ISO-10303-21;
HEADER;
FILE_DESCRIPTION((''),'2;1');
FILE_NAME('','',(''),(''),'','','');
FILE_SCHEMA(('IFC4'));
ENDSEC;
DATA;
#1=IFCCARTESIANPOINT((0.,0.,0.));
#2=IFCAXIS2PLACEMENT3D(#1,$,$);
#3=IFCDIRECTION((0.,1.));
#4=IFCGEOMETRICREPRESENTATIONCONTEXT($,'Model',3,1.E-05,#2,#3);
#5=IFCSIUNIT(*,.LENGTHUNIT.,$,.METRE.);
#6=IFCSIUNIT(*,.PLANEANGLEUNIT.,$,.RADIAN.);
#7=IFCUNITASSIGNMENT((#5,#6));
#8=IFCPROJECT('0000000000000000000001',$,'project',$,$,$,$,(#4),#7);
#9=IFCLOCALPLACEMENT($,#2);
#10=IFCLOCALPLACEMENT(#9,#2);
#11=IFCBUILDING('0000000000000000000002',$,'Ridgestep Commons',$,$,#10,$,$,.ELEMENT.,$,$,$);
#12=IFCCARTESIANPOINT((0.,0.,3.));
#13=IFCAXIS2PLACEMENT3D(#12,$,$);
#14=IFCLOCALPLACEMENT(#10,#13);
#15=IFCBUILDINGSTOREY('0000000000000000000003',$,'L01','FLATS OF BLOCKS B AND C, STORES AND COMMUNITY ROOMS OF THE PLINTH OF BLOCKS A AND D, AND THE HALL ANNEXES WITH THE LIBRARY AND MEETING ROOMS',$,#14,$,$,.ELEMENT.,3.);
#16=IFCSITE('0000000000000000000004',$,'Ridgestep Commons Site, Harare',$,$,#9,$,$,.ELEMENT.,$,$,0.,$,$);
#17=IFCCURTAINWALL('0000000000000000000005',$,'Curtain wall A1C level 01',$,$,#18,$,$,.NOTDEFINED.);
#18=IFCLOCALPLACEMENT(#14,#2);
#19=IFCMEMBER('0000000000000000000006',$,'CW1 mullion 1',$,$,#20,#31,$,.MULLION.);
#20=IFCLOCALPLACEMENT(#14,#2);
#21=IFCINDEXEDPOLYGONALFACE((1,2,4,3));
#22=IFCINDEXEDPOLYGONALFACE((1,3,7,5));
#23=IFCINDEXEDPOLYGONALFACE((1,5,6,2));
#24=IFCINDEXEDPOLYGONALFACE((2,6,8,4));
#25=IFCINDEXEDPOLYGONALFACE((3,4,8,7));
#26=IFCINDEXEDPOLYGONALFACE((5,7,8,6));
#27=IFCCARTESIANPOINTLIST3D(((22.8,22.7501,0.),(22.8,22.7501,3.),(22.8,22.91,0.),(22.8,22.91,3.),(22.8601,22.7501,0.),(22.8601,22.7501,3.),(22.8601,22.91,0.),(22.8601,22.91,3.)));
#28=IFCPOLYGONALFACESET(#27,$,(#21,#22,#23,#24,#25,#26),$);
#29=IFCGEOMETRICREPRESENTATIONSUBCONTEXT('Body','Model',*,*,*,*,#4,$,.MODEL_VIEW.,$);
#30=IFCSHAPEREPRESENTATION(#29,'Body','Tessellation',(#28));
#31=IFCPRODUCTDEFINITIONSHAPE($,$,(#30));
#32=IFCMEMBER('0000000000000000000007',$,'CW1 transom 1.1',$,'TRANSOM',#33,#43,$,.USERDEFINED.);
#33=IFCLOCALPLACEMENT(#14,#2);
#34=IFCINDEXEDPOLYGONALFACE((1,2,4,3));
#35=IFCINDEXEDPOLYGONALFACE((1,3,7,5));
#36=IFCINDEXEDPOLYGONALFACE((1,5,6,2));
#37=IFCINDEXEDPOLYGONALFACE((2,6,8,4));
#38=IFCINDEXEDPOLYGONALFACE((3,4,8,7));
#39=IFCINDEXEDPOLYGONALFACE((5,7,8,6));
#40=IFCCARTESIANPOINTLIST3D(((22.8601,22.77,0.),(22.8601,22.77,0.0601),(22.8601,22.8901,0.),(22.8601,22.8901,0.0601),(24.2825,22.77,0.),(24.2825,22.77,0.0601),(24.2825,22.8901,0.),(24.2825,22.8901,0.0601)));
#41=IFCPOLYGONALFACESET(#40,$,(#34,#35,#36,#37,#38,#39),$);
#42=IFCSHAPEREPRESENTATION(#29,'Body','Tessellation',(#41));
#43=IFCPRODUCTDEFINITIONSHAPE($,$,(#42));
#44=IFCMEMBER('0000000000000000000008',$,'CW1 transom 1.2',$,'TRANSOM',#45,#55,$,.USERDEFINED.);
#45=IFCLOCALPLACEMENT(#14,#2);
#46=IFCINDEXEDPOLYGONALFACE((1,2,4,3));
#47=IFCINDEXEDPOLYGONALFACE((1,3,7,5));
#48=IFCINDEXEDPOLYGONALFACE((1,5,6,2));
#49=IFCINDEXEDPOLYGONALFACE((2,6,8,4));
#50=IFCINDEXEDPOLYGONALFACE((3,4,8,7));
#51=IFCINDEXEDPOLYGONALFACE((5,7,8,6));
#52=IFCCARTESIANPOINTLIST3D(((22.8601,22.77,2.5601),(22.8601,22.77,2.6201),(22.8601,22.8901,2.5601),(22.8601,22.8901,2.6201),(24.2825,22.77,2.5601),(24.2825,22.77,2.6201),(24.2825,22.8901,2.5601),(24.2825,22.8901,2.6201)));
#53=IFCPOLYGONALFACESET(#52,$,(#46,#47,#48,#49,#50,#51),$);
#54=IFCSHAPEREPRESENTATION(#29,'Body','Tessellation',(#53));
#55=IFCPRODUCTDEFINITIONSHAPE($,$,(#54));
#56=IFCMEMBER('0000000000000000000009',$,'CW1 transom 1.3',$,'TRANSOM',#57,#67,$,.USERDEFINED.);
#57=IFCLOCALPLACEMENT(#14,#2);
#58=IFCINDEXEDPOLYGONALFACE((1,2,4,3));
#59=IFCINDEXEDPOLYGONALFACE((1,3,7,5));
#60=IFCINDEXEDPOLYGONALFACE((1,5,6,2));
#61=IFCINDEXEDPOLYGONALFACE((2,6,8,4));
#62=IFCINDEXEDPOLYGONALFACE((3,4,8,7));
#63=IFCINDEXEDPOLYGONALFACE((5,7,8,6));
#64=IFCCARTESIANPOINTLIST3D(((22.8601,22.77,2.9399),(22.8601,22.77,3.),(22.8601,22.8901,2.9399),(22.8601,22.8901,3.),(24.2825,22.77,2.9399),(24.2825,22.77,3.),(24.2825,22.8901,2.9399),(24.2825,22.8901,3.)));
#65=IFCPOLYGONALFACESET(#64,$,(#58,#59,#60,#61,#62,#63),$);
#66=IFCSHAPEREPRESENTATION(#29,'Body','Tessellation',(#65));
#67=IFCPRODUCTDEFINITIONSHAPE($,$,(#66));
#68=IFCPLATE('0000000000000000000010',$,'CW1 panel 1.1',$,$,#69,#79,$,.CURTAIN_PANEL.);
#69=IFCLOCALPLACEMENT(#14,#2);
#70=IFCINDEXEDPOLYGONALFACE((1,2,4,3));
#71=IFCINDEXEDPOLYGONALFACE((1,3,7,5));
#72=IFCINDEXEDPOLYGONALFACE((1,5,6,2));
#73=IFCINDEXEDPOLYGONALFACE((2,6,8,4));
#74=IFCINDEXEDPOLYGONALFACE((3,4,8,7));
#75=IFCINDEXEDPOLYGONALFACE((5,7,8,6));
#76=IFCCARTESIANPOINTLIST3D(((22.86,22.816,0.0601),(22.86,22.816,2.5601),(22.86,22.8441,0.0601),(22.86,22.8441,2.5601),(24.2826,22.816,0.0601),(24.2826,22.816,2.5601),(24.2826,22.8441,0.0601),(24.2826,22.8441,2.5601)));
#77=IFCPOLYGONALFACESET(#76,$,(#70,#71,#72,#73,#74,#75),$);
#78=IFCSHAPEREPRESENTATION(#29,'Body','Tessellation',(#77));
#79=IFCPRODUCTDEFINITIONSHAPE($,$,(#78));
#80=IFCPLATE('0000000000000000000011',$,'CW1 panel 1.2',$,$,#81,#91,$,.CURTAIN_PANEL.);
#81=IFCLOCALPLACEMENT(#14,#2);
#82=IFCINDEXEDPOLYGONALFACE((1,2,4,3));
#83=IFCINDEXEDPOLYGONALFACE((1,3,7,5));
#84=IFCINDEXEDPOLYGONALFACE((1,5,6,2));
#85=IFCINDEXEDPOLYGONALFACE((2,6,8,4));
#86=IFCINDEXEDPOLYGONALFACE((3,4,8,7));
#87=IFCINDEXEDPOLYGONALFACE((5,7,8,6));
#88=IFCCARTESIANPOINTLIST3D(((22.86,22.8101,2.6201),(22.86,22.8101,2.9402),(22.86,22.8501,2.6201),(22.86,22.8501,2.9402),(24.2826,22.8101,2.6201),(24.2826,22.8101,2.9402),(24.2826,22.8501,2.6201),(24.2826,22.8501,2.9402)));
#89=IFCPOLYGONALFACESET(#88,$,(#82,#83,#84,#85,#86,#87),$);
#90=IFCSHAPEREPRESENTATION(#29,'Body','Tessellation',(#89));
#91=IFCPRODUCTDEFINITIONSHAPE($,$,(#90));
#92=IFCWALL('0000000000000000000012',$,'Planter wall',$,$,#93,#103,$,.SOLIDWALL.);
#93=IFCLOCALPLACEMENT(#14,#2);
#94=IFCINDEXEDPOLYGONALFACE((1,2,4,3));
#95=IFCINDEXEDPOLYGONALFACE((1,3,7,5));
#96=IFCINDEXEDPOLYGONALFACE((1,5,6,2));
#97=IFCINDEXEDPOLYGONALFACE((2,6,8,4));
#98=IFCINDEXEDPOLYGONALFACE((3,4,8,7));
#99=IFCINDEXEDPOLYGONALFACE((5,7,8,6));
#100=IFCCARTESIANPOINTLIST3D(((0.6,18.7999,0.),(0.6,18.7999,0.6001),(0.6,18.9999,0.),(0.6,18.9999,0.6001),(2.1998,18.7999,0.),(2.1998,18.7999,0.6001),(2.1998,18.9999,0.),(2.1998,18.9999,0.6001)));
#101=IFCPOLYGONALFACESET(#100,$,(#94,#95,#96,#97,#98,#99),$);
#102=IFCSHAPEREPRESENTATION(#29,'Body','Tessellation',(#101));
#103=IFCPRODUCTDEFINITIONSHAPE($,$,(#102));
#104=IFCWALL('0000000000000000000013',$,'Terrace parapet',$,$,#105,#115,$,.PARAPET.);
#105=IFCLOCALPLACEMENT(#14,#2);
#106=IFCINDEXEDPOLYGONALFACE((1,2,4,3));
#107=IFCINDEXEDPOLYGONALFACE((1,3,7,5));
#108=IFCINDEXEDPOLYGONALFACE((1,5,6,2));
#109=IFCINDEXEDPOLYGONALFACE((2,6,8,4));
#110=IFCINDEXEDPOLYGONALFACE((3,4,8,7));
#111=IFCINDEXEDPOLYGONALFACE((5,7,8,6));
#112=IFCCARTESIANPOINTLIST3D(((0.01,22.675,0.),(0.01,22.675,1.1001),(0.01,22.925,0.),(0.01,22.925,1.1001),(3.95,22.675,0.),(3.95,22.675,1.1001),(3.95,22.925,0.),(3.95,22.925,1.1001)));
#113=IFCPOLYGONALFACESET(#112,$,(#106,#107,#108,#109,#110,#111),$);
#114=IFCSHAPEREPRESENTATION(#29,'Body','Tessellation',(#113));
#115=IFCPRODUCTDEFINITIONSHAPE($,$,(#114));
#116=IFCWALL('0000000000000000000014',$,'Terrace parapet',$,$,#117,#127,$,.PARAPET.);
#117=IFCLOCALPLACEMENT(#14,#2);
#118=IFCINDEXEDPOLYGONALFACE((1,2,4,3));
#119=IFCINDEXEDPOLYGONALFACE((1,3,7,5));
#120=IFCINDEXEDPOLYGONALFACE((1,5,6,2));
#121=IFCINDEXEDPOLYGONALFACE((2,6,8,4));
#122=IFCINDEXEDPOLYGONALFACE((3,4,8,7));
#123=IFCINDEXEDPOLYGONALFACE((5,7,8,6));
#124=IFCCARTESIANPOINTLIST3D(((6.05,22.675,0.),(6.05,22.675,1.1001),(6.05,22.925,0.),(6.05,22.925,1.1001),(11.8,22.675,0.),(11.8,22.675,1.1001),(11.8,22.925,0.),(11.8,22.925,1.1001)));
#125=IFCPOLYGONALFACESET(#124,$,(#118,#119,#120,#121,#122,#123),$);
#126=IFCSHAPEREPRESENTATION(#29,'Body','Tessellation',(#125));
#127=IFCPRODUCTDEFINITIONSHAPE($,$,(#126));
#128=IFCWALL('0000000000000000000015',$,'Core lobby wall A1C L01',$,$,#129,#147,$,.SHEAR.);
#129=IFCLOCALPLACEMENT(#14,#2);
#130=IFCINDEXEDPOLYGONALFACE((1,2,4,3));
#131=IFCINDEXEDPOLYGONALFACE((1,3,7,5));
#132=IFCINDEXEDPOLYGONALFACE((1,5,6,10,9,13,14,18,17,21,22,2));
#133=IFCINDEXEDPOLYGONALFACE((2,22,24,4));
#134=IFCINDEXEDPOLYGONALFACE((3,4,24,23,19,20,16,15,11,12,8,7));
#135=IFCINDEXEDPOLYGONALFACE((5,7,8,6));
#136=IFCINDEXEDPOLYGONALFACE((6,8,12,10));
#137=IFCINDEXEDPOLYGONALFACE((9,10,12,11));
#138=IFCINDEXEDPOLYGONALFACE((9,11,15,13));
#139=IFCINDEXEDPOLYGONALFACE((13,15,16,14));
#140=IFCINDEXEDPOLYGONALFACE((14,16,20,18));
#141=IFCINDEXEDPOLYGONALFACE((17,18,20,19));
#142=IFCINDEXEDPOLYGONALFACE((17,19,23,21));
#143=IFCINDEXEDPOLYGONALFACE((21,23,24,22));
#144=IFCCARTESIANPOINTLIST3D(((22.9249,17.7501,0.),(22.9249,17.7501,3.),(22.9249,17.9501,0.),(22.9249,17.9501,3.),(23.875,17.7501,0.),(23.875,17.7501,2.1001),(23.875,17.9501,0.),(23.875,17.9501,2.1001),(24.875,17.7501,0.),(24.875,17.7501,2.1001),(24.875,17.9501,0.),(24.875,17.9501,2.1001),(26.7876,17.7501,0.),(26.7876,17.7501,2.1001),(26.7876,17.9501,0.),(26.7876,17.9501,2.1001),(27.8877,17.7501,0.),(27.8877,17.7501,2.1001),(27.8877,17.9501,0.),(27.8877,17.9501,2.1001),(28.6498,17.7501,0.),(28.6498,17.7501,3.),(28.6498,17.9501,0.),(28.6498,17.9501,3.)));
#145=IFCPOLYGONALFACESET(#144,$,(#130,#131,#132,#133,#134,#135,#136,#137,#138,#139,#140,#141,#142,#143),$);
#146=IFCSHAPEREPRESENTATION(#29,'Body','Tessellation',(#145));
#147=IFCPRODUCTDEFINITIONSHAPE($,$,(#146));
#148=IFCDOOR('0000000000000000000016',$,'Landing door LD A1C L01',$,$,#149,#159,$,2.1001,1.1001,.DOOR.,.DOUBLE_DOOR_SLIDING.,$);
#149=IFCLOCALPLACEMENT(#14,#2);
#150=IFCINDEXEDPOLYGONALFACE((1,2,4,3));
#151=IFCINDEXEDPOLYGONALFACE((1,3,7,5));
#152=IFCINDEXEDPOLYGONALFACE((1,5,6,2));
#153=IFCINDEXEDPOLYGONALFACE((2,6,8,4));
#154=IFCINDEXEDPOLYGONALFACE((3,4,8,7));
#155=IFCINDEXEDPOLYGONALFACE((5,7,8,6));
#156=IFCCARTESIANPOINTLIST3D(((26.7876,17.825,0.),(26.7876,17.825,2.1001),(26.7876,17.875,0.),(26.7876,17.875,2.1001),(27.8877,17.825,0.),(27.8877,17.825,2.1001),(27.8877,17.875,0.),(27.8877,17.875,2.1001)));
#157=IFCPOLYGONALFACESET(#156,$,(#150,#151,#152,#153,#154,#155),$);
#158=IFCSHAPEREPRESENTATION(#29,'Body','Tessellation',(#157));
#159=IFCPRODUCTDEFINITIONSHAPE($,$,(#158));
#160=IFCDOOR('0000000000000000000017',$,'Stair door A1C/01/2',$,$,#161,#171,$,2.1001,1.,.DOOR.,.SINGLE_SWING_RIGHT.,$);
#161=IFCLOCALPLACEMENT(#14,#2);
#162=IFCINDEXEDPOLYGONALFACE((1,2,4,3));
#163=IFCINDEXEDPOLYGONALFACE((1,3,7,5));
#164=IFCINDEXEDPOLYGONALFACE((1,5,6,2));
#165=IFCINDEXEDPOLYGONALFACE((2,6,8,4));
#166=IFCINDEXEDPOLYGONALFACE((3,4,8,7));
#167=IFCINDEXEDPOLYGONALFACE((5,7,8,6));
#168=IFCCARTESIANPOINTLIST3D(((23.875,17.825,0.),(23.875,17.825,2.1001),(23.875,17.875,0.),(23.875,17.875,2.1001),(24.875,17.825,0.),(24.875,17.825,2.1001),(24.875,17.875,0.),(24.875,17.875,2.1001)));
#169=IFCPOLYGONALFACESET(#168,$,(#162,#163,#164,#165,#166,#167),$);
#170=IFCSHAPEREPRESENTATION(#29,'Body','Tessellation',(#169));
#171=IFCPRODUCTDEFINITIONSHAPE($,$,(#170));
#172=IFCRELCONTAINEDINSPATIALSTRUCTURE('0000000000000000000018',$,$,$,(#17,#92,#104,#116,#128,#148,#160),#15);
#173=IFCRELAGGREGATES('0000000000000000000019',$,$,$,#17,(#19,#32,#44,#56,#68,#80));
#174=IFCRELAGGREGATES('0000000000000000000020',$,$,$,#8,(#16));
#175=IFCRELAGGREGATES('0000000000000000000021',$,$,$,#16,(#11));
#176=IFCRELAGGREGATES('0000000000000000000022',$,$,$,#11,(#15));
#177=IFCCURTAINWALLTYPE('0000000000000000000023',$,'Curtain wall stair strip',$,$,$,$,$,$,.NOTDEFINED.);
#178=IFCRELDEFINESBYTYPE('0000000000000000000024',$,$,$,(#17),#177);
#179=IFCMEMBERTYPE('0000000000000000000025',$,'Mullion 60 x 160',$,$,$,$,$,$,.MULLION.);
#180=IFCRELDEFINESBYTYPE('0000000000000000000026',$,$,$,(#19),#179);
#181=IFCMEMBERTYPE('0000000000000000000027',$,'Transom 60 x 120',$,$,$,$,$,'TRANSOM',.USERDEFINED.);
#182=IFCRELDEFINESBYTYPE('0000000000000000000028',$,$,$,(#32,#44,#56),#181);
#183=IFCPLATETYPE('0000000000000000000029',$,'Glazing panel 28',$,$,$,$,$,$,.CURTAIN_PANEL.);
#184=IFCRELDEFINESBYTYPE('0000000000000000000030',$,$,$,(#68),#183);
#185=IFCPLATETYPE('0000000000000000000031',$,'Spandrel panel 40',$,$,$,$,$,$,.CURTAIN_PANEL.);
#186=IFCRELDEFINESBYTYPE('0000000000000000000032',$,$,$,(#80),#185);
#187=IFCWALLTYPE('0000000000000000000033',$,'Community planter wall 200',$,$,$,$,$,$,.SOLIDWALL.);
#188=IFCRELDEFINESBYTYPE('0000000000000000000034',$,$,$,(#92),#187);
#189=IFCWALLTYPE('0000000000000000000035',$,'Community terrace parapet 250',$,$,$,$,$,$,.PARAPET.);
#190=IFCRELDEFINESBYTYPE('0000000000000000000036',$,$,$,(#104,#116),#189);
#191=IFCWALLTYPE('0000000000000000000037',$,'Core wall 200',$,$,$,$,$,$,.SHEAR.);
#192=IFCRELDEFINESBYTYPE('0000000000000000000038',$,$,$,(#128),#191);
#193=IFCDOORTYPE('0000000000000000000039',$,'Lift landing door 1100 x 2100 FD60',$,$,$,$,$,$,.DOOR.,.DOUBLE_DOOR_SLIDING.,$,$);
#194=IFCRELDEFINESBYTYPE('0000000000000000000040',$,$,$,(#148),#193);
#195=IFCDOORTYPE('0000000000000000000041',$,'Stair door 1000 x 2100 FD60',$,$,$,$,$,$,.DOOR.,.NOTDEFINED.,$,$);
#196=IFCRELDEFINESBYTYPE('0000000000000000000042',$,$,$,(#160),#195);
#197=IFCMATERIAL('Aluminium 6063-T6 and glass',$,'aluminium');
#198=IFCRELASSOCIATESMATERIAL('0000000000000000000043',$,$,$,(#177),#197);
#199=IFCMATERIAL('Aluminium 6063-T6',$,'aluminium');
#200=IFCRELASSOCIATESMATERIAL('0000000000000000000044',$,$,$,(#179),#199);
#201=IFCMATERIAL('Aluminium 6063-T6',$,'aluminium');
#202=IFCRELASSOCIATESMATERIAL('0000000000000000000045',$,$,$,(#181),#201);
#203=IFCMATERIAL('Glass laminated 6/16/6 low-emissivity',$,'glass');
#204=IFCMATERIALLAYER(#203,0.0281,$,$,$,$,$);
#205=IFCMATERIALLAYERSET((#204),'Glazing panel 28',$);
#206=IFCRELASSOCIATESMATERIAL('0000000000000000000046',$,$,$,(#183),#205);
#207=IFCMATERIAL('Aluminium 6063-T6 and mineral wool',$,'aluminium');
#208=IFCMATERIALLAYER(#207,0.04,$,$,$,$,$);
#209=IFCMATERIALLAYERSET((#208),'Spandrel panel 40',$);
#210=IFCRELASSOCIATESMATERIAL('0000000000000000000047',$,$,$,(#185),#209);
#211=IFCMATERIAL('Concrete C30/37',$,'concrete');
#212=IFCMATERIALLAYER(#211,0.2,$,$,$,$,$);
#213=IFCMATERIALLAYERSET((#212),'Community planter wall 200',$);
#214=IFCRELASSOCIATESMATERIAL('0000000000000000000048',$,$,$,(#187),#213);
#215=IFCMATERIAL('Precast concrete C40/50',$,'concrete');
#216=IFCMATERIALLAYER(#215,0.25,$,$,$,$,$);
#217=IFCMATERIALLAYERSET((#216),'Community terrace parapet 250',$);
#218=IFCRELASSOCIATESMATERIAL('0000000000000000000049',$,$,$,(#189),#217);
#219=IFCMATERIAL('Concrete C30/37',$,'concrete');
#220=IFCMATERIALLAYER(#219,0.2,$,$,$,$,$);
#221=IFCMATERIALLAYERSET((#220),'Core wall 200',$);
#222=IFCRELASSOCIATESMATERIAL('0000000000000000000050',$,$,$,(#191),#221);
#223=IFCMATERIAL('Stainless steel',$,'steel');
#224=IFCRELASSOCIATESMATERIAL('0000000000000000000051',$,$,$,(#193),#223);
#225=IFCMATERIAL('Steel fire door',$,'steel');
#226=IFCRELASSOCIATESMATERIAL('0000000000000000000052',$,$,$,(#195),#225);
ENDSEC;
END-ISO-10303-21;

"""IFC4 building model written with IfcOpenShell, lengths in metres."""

from ifc_helpers import new_model, si_unit, direction, frame, frame_2d, origin, origin_2d, place, context, subcontext, project, spatial, rectangle, extrude, material, layer, layer_set, material_profile, profile_set, type_object, element, fill, aggregate, save


model = new_model("IFC4")

# Units and contexts
model_context = context("Model", 3, precision=1e-05, world=origin(), true_north=direction((0.0, 1.0)))
body_context = subcontext(model_context, "Body", "Model", "MODEL_VIEW")
ifc_project = project(units=[si_unit("LENGTHUNIT", "METRE"), si_unit("PLANEANGLEUNIT", "RADIAN")], contexts=[model_context])

# Site, building, storey
site_placement = place(None, origin())
site = spatial("IfcSite", under=ifc_project, at=site_placement, Name="Ridgestep Commons Site, Harare", CompositionType="ELEMENT", RefElevation=0.0)
building_placement = place(site_placement, origin())
building = spatial("IfcBuilding", under=site, at=building_placement, Name="Ridgestep Commons", CompositionType="ELEMENT")
storey_placement = place(building_placement, frame((0.0, 0.0, 3.0)))
storey = spatial("IfcBuildingStorey", under=building, at=storey_placement, Name="L01", Description="FLATS OF BLOCKS B AND C, STORES AND COMMUNITY ROOMS OF THE PLINTH OF BLOCKS A AND D, AND THE HALL ANNEXES WITH THE LIBRARY AND MEETING ROOMS", CompositionType="ELEMENT", Elevation=3.0)

# Curtain wall, members, plates
ifc_material_1 = material(Name="Aluminium 6063-T6 and glass", Category="aluminium")
curtain_wall_type = type_object("IfcCurtainWallType", Name="Curtain wall stair strip", PredefinedType="NOTDEFINED", material=ifc_material_1)
curtain_wall_placement = place(storey_placement, origin())
curtain_wall = element("IfcCurtainWall", 1, at=curtain_wall_placement, inside=storey, type_object=curtain_wall_type, Name="Curtain wall A1C level 01", PredefinedType="NOTDEFINED")
ifc_material_2 = material(Name="Aluminium 6063-T6", Category="aluminium")
ifc_material_profile_1 = material_profile(ifc_material_2, rectangle(XDim=0.1599, YDim=0.0601, at=origin_2d()), Name="Mullion 60 x 160")
ifc_profile_set_1 = profile_set([ifc_material_profile_1], Name="Aluminium 6063-T6")
member_type_1 = type_object("IfcMemberType", Name="Mullion 60 x 160", PredefinedType="MULLION", material=ifc_profile_set_1)
member_1_placement = place(storey_placement, frame((22.8301, 22.8301, 0.0), z_axis=(0.0, 0.0, 1.0), x_axis=(0.0, 1.0, 0.0)))
member_1 = element("IfcMember", 2, at=member_1_placement, type_object=member_type_1, Name="CW1 mullion 1", PredefinedType="MULLION", context=body_context, shape_type="SweptSolid", body=[
    extrude(rectangle(XDim=0.1599, YDim=0.0601, at=origin_2d()), origin(), (0.0, 0.0, 1.0), 3.0),
])
ifc_material_3 = material(Name="Aluminium 6063-T6", Category="aluminium")
ifc_material_profile_2 = material_profile(ifc_material_3, rectangle(XDim=0.1201, YDim=0.0601, at=origin_2d()), Name="Transom 60 x 120")
ifc_profile_set_2 = profile_set([ifc_material_profile_2], Name="Aluminium 6063-T6")
member_type_2 = type_object("IfcMemberType", Name="Transom 60 x 120", ElementType="TRANSOM", PredefinedType="USERDEFINED", material=ifc_profile_set_2)
member_2_placement = place(storey_placement, frame((22.8601, 22.8301, 0.03), z_axis=(1.0, 0.0, 0.0), x_axis=(0.0, 1.0, 0.0)))
member_2 = element("IfcMember", 3, at=member_2_placement, type_object=member_type_2, Name="CW1 transom 1.1", ObjectType="TRANSOM", PredefinedType="USERDEFINED", context=body_context, shape_type="SweptSolid", body=[
    extrude(rectangle(XDim=0.1201, YDim=0.0601, at=origin_2d()), origin(), (0.0, 0.0, 1.0), 1.4224),
])
member_3_placement = place(storey_placement, frame((22.8601, 22.8301, 2.5901), z_axis=(1.0, 0.0, 0.0), x_axis=(0.0, 1.0, 0.0)))
member_3 = element("IfcMember", 4, at=member_3_placement, type_object=member_type_2, Name="CW1 transom 1.2", ObjectType="TRANSOM", PredefinedType="USERDEFINED", context=body_context, shape_type="SweptSolid", body=[
    extrude(rectangle(XDim=0.1201, YDim=0.0601, at=origin_2d()), origin(), (0.0, 0.0, 1.0), 1.4224),
])
member_4_placement = place(storey_placement, frame((22.8601, 22.8301, 2.97), z_axis=(1.0, 0.0, 0.0), x_axis=(0.0, 1.0, 0.0)))
member_4 = element("IfcMember", 5, at=member_4_placement, type_object=member_type_2, Name="CW1 transom 1.3", ObjectType="TRANSOM", PredefinedType="USERDEFINED", context=body_context, shape_type="SweptSolid", body=[
    extrude(rectangle(XDim=0.1201, YDim=0.0601, at=origin_2d()), origin(), (0.0, 0.0, 1.0), 1.4224),
])
ifc_material_4 = material(Name="Glass laminated 6/16/6 low-emissivity", Category="glass")
ifc_layer_1 = layer(ifc_material_4, 0.0281)
ifc_layer_set_1 = layer_set([ifc_layer_1], Name="Glazing panel 28")
plate_type_1 = type_object("IfcPlateType", Name="Glazing panel 28", PredefinedType="CURTAIN_PANEL", material=ifc_layer_set_1)
plate_1_placement = place(storey_placement, frame((23.5713, 22.8301, 0.0601), z_axis=(0.0, 0.0, 1.0), x_axis=(1.0, 0.0, 0.0)))
plate_1 = element("IfcPlate", 6, at=plate_1_placement, type_object=plate_type_1, Name="CW1 panel 1.1", PredefinedType="CURTAIN_PANEL", context=body_context, shape_type="SweptSolid", body=[
    extrude(rectangle(XDim=1.4226, YDim=0.0281, at=origin_2d()), origin(), (0.0, 0.0, 1.0), 2.5),
])
ifc_material_5 = material(Name="Aluminium 6063-T6 and mineral wool", Category="aluminium")
ifc_layer_2 = layer(ifc_material_5, 0.04)
ifc_layer_set_2 = layer_set([ifc_layer_2], Name="Spandrel panel 40")
plate_type_2 = type_object("IfcPlateType", Name="Spandrel panel 40", PredefinedType="CURTAIN_PANEL", material=ifc_layer_set_2)
plate_2_placement = place(storey_placement, frame((23.5713, 22.8301, 2.6201), z_axis=(0.0, 0.0, 1.0), x_axis=(1.0, 0.0, 0.0)))
plate_2 = element("IfcPlate", 7, at=plate_2_placement, type_object=plate_type_2, Name="CW1 panel 1.2", PredefinedType="CURTAIN_PANEL", context=body_context, shape_type="SweptSolid", body=[
    extrude(rectangle(XDim=1.4226, YDim=0.04, at=origin_2d()), origin(), (0.0, 0.0, 1.0), 0.3201),
])
aggregate(curtain_wall, [member_1, member_2, member_3, member_4, plate_1, plate_2])

# Walls
ifc_material_6 = material(Name="Concrete C30/37", Category="concrete")
ifc_layer_3 = layer(ifc_material_6, 0.2)
ifc_layer_set_3 = layer_set([ifc_layer_3], Name="Community planter wall 200")
wall_type_1 = type_object("IfcWallType", Name="Community planter wall 200", PredefinedType="SOLIDWALL", material=ifc_layer_set_3)
wall_1_placement = place(storey_placement, frame((0.6001, 18.8999, 0.0), z_axis=(0.0, 0.0, 1.0), x_axis=(1.0, 0.0, 0.0)))
element("IfcWall", 8, at=wall_1_placement, inside=storey, type_object=wall_type_1, Name="Planter wall", PredefinedType="SOLIDWALL", context=body_context, shape_type="SweptSolid", body=[
    extrude(rectangle(XDim=1.5999, YDim=0.2, at=frame_2d((0.7998, 0.0))), origin(), (0.0, 0.0, 1.0), 0.6001),
])
ifc_material_7 = material(Name="Precast concrete C40/50", Category="concrete")
ifc_layer_4 = layer(ifc_material_7, 0.25)
ifc_layer_set_4 = layer_set([ifc_layer_4], Name="Community terrace parapet 250")
wall_type_2 = type_object("IfcWallType", Name="Community terrace parapet 250", PredefinedType="PARAPET", material=ifc_layer_set_4)
wall_2_placement = place(storey_placement, frame((0.01, 22.8, 0.0), z_axis=(0.0, 0.0, 1.0), x_axis=(1.0, 0.0, 0.0)))
element("IfcWall", 9, at=wall_2_placement, inside=storey, type_object=wall_type_2, Name="Terrace parapet", PredefinedType="PARAPET", context=body_context, shape_type="SweptSolid", body=[
    extrude(rectangle(XDim=3.9399, YDim=0.25, at=frame_2d((1.97, 0.0))), origin(), (0.0, 0.0, 1.0), 1.1001),
])
wall_3_placement = place(storey_placement, frame((6.05, 22.8, 0.0), z_axis=(0.0, 0.0, 1.0), x_axis=(1.0, 0.0, 0.0)))
element("IfcWall", 10, at=wall_3_placement, inside=storey, type_object=wall_type_2, Name="Terrace parapet", PredefinedType="PARAPET", context=body_context, shape_type="SweptSolid", body=[
    extrude(rectangle(XDim=5.75, YDim=0.25, at=frame_2d((2.875, 0.0))), origin(), (0.0, 0.0, 1.0), 1.1001),
])

# Wall, openings, doors
ifc_material_8 = material(Name="Concrete C30/37", Category="concrete")
ifc_layer_5 = layer(ifc_material_8, 0.2)
ifc_layer_set_5 = layer_set([ifc_layer_5], Name="Core wall 200")
wall_type_3 = type_object("IfcWallType", Name="Core wall 200", PredefinedType="SHEAR", material=ifc_layer_set_5)
wall_4_placement = place(storey_placement, frame((22.925, 17.8501, 0.0), z_axis=(0.0, 0.0, 1.0), x_axis=(1.0, 0.0, 0.0)))
wall_4 = element("IfcWall", 11, at=wall_4_placement, inside=storey, type_object=wall_type_3, Name="Core lobby wall A1C L01", PredefinedType="SHEAR", context=body_context, shape_type="SweptSolid", body=[
    extrude(rectangle(XDim=5.7249, YDim=0.2, at=frame_2d((2.8623, 0.0))), origin(), (0.0, 0.0, 1.0), 3.0),
])
opening_1_placement = place(wall_4_placement, frame((0.95, 0.0, 0.0)))
opening_1 = element("IfcOpeningElement", 12, at=opening_1_placement, cuts=wall_4, PredefinedType="OPENING", context=body_context, shape_type="SweptSolid", body=[
    extrude(rectangle(XDim=1.0, YDim=2.1001, at=frame_2d((0.5, 1.05))), frame((0.0, 0.1099, 0.0), z_axis=(0.0, -1.0, 0.0), x_axis=(1.0, 0.0, 0.0)), (0.0, 0.0, 1.0), 0.22),
])
opening_2_placement = place(wall_4_placement, frame((3.8625, 0.0, 0.0)))
opening_2 = element("IfcOpeningElement", 13, at=opening_2_placement, cuts=wall_4, PredefinedType="OPENING", context=body_context, shape_type="SweptSolid", body=[
    extrude(rectangle(XDim=1.1001, YDim=2.1001, at=frame_2d((0.55, 1.05))), frame((0.0, 0.1099, 0.0), z_axis=(0.0, -1.0, 0.0), x_axis=(1.0, 0.0, 0.0)), (0.0, 0.0, 1.0), 0.22),
])
ifc_material_9 = material(Name="Stainless steel", Category="steel")
door_type_1 = type_object("IfcDoorType", Name="Lift landing door 1100 x 2100 FD60", OperationType="DOUBLE_DOOR_SLIDING", PredefinedType="DOOR", material=ifc_material_9)
door_1_placement = place(opening_2_placement, origin())
door_1 = element("IfcDoor", 14, at=door_1_placement, inside=storey, type_object=door_type_1, Name="Landing door LD A1C L01", OperationType="DOUBLE_DOOR_SLIDING", OverallHeight=2.1001, OverallWidth=1.1001, PredefinedType="DOOR", context=body_context, shape_type="SweptSolid", body=[
    extrude(rectangle(XDim=1.1001, YDim=2.1001, at=frame_2d((0.55, 1.05))), frame((0.0, 0.0249, 0.0), z_axis=(0.0, -1.0, 0.0), x_axis=(1.0, 0.0, 0.0)), (0.0, 0.0, 1.0), 0.05),
])
fill(opening_2, door_1)
ifc_material_10 = material(Name="Steel fire door", Category="steel")
door_type_2 = type_object("IfcDoorType", Name="Stair door 1000 x 2100 FD60", OperationType="NOTDEFINED", PredefinedType="DOOR", material=ifc_material_10)
door_2_placement = place(opening_1_placement, origin())
door_2 = element("IfcDoor", 15, at=door_2_placement, inside=storey, type_object=door_type_2, Name="Stair door A1C/01/2", OperationType="SINGLE_SWING_RIGHT", OverallHeight=2.1001, OverallWidth=1.0, PredefinedType="DOOR", context=body_context, shape_type="SweptSolid", body=[
    extrude(rectangle(XDim=1.0, YDim=2.1001, at=frame_2d((0.5, 1.05))), frame((0.0, 0.0249, 0.0), z_axis=(0.0, -1.0, 0.0), x_axis=(1.0, 0.0, 0.0)), (0.0, 0.0, 1.0), 0.05),
])
fill(opening_1, door_2)

save(model, "model.ifc")
